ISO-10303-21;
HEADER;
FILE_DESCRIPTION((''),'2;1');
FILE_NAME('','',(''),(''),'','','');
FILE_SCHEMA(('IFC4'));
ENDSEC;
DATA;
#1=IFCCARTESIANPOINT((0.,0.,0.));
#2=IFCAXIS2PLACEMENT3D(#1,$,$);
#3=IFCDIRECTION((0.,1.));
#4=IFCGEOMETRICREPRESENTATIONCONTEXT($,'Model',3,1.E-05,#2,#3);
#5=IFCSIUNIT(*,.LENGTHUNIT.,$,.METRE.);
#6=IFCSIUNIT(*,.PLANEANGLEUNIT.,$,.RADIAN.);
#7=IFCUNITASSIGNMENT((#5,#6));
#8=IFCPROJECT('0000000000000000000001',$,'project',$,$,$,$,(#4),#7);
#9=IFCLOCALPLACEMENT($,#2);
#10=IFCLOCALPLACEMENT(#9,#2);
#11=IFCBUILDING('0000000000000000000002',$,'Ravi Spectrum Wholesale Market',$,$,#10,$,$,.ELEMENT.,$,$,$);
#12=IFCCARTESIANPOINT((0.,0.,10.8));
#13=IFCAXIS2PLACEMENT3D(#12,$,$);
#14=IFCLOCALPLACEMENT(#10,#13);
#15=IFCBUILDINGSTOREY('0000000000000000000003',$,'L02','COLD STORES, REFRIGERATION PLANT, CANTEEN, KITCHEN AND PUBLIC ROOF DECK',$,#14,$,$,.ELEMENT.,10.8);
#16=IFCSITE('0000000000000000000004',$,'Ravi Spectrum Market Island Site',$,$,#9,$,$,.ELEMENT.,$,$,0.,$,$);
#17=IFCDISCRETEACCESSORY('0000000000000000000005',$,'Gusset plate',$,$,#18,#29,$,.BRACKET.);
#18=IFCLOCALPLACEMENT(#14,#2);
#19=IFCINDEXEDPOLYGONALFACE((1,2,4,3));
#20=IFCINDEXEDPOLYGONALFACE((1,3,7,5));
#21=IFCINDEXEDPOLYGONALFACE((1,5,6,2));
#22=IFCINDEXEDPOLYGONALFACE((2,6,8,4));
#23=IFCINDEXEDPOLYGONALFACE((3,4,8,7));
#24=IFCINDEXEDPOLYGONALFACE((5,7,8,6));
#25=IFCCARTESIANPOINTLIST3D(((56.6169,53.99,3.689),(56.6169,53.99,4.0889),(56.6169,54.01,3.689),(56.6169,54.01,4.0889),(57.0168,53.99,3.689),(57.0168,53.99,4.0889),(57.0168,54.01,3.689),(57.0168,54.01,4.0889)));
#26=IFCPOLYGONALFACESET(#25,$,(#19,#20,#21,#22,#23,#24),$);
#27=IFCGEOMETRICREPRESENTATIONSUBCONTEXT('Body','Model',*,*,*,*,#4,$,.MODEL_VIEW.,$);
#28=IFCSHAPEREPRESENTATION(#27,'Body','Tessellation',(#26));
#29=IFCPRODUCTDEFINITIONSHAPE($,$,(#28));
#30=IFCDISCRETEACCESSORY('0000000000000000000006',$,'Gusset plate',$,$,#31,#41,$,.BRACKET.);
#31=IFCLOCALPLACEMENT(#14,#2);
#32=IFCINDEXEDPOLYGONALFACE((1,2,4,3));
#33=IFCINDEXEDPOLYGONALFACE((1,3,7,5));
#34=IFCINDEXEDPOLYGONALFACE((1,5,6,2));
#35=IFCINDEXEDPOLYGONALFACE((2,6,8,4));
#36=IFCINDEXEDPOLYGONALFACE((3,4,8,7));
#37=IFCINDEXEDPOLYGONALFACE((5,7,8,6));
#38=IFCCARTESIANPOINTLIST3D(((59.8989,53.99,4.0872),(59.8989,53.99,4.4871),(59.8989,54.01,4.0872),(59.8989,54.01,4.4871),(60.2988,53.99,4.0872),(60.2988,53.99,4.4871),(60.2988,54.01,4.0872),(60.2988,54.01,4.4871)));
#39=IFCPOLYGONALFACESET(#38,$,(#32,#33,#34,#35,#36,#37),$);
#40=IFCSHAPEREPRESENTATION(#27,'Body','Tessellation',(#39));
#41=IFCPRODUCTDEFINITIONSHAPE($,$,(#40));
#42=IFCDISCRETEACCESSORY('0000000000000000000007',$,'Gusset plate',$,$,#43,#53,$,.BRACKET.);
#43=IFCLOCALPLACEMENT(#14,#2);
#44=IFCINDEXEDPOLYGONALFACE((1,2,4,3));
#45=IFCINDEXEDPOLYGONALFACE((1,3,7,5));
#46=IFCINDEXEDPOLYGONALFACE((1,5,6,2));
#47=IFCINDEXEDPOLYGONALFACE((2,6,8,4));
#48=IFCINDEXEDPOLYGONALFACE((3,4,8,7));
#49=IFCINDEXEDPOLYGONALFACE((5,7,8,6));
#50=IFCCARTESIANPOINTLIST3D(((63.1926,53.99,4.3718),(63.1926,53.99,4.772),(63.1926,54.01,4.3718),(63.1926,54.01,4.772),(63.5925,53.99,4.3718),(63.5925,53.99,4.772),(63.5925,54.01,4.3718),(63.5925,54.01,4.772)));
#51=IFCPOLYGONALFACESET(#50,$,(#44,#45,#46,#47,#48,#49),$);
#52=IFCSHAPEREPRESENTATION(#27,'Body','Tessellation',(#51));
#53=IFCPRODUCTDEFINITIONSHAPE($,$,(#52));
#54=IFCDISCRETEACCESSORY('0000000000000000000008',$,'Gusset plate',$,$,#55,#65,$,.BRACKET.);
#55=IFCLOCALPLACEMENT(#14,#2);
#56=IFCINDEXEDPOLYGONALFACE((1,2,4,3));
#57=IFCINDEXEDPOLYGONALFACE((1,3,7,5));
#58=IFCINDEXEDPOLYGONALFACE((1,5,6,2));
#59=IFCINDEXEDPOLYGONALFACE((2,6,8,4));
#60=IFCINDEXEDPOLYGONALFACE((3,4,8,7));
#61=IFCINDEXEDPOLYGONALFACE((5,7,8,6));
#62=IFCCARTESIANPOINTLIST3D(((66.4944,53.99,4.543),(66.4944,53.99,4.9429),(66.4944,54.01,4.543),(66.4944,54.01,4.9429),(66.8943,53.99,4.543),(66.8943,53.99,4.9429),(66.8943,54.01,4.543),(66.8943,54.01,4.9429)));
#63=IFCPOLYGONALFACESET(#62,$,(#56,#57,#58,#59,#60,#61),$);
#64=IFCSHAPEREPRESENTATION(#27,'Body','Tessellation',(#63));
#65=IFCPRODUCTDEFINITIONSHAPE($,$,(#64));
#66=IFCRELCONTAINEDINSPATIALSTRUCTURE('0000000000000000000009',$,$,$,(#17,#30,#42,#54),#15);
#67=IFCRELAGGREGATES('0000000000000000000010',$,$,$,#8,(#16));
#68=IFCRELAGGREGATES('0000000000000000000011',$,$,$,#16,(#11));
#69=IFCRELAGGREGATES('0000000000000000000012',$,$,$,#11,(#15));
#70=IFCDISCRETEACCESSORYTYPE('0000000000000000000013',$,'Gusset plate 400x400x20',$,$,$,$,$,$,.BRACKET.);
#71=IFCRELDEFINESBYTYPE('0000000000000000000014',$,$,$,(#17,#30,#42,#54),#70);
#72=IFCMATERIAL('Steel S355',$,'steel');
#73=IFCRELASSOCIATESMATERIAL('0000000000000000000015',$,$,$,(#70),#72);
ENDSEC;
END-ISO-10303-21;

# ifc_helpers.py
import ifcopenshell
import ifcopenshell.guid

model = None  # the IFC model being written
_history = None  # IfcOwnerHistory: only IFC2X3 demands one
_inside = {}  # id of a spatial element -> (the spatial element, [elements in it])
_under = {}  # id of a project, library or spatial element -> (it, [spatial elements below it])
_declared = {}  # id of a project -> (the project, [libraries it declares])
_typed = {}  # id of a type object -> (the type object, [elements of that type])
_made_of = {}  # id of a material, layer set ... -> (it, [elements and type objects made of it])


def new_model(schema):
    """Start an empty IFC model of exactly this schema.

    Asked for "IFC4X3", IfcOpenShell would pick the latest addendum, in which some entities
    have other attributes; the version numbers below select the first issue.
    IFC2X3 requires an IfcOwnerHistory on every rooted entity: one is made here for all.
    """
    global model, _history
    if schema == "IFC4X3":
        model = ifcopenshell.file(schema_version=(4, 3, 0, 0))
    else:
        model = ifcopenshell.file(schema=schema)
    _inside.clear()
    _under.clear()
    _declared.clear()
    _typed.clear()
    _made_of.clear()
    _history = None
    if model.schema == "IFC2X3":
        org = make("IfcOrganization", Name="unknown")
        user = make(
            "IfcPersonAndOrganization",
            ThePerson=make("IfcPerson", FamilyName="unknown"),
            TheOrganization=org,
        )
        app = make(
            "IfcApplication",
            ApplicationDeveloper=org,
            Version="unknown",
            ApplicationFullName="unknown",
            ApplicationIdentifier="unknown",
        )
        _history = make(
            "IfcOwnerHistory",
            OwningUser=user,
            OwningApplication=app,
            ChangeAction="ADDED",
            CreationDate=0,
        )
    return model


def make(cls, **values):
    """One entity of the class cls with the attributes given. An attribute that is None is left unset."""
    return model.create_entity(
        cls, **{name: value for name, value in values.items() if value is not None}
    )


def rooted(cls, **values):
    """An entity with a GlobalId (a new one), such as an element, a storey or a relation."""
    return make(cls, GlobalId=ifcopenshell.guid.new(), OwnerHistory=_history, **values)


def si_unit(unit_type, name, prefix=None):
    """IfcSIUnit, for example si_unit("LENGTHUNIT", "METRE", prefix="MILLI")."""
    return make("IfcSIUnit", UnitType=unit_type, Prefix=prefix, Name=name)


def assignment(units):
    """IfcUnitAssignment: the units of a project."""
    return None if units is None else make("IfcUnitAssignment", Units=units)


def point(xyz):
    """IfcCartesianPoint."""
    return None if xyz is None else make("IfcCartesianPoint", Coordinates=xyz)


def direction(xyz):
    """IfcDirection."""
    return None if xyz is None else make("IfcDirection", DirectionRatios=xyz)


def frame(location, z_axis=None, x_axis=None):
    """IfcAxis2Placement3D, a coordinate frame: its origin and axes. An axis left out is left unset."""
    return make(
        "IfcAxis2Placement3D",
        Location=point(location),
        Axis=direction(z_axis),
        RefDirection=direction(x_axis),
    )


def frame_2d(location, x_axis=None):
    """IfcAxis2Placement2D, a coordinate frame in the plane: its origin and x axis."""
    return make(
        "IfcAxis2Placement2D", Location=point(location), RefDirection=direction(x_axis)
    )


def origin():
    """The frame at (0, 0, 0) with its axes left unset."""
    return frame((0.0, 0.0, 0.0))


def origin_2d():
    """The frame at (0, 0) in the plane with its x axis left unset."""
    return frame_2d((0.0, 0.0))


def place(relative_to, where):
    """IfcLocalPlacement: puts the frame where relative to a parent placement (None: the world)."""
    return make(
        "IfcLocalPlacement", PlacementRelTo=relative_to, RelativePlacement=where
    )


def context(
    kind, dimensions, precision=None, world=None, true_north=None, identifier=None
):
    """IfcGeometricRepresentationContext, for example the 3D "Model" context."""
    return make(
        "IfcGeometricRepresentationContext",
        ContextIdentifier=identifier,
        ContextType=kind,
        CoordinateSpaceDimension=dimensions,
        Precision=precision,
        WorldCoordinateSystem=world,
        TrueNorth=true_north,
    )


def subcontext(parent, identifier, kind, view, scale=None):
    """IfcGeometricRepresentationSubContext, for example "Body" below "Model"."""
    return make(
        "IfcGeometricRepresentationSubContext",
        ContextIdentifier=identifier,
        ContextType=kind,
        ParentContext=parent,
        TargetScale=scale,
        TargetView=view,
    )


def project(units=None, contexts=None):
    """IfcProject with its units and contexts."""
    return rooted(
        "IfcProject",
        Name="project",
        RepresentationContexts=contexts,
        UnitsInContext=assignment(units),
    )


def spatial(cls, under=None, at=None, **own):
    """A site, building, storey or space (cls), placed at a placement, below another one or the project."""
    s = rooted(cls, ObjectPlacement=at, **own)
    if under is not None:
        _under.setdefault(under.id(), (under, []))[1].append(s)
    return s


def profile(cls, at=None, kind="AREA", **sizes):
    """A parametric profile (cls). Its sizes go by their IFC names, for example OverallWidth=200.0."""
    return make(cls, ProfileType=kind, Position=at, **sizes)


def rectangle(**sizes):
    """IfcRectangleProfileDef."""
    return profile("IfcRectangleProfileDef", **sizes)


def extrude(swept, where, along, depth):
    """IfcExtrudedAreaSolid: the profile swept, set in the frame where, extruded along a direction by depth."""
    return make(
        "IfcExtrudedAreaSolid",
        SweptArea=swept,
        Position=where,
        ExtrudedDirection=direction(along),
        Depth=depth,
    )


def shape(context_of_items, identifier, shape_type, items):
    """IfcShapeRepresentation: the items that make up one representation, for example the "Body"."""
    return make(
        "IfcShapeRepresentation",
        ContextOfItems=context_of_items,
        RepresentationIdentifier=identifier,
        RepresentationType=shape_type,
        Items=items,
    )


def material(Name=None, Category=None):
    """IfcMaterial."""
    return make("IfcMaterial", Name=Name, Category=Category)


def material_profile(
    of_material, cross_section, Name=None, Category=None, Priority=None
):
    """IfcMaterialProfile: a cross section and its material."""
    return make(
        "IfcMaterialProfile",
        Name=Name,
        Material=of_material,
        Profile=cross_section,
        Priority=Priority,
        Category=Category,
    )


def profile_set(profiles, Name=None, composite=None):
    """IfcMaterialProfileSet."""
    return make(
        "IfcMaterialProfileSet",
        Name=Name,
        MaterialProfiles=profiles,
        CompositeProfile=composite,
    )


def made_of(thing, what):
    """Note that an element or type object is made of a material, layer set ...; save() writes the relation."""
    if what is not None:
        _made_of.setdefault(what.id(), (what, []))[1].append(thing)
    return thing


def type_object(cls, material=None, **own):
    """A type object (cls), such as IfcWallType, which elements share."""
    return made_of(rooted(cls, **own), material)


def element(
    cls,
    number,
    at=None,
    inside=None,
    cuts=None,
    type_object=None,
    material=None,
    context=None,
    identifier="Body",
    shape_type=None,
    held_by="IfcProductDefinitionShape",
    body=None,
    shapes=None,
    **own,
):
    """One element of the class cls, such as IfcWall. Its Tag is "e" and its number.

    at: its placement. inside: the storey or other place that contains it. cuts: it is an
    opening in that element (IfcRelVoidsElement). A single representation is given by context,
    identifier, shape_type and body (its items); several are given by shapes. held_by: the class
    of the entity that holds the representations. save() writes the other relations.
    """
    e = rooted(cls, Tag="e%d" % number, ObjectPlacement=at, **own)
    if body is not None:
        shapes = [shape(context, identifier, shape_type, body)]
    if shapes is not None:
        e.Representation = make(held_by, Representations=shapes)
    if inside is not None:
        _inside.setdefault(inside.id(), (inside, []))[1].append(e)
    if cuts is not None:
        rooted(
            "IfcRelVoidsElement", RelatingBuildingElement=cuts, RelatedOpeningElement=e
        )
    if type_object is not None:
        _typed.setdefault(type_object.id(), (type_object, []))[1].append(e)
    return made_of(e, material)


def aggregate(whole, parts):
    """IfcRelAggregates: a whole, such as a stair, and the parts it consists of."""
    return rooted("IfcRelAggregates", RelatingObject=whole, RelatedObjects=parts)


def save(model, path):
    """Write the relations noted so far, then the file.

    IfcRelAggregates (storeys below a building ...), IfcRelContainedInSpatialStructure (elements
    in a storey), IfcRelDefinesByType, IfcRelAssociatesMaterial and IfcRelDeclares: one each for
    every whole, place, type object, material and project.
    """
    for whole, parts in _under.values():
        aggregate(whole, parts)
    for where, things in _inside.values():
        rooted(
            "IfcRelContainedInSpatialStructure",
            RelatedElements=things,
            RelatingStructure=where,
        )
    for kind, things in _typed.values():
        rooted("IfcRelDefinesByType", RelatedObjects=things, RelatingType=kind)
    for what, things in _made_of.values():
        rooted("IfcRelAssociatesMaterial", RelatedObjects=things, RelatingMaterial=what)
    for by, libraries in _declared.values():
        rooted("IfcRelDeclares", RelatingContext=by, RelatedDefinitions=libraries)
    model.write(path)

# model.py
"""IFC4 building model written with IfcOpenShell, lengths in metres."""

from ifc_helpers import new_model, si_unit, direction, frame, origin, origin_2d, place, context, subcontext, project, spatial, rectangle, extrude, material, material_profile, profile_set, type_object, element, save


model = new_model("IFC4")

# Units and contexts
model_context = context("Model", 3, precision=1e-05, world=origin(), true_north=direction((0.0, 1.0)))
body_context = subcontext(model_context, "Body", "Model", "MODEL_VIEW")
ifc_project = project(units=[si_unit("LENGTHUNIT", "METRE"), si_unit("PLANEANGLEUNIT", "RADIAN")], contexts=[model_context])

# Site, building, storey
site_placement = place(None, origin())
site = spatial("IfcSite", under=ifc_project, at=site_placement, Name="Ravi Spectrum Market Island Site", CompositionType="ELEMENT", RefElevation=0.0)
building_placement = place(site_placement, origin())
building = spatial("IfcBuilding", under=site, at=building_placement, Name="Ravi Spectrum Wholesale Market", CompositionType="ELEMENT")
storey_placement = place(building_placement, frame((0.0, 0.0, 10.8)))
storey = spatial("IfcBuildingStorey", under=building, at=storey_placement, Name="L02", Description="COLD STORES, REFRIGERATION PLANT, CANTEEN, KITCHEN AND PUBLIC ROOF DECK", CompositionType="ELEMENT", Elevation=10.8)

# Discrete accessories
ifc_material_1 = material(Name="Steel S355", Category="steel")
ifc_material_profile_1 = material_profile(ifc_material_1, rectangle(XDim=0.3999, YDim=0.02, at=origin_2d()))
ifc_profile_set_1 = profile_set([ifc_material_profile_1], Name="Steel S355")
discrete_accessory_type_1 = type_object("IfcDiscreteAccessoryType", Name="Gusset plate 400x400x20", PredefinedType="BRACKET", material=ifc_profile_set_1)
for number, where, z_axis, x_axis, name in (
    (1, (56.8169, 54.0, 3.689), (0.0, 0.0, 1.0), (1.0, 0.0, 0.0), "Gusset plate"),
    (2, (60.0989, 54.0, 4.0872), (0.0, 0.0, 1.0), (1.0, 0.0, 0.0), "Gusset plate"),
):
    element("IfcDiscreteAccessory", number, at=place(storey_placement, frame(where, z_axis=z_axis, x_axis=x_axis)), inside=storey, type_object=discrete_accessory_type_1, Name=name, PredefinedType="BRACKET", context=body_context, shape_type="SweptSolid", body=[
        extrude(rectangle(XDim=0.3999, YDim=0.02, at=origin_2d()), origin(), (0.0, 0.0, 1.0), 0.3999),
    ])
discrete_accessory_1_placement = place(storey_placement, frame((63.3926, 54.0, 4.3718), z_axis=(0.0, 0.0, 1.0), x_axis=(1.0, 0.0, 0.0)))
element("IfcDiscreteAccessory", 3, at=discrete_accessory_1_placement, inside=storey, type_object=discrete_accessory_type_1, Name="Gusset plate", PredefinedType="BRACKET", context=body_context, shape_type="SweptSolid", body=[
    extrude(rectangle(XDim=0.3999, YDim=0.02, at=origin_2d()), origin(), (0.0, 0.0, 1.0), 0.4001),
])
discrete_accessory_2_placement = place(storey_placement, frame((66.6943, 54.0, 4.543), z_axis=(0.0, 0.0, 1.0), x_axis=(1.0, 0.0, 0.0)))
element("IfcDiscreteAccessory", 4, at=discrete_accessory_2_placement, inside=storey, type_object=discrete_accessory_type_1, Name="Gusset plate", PredefinedType="BRACKET", context=body_context, shape_type="SweptSolid", body=[
    extrude(rectangle(XDim=0.3999, YDim=0.02, at=origin_2d()), origin(), (0.0, 0.0, 1.0), 0.3999),
])

save(model, "model.ifc")
